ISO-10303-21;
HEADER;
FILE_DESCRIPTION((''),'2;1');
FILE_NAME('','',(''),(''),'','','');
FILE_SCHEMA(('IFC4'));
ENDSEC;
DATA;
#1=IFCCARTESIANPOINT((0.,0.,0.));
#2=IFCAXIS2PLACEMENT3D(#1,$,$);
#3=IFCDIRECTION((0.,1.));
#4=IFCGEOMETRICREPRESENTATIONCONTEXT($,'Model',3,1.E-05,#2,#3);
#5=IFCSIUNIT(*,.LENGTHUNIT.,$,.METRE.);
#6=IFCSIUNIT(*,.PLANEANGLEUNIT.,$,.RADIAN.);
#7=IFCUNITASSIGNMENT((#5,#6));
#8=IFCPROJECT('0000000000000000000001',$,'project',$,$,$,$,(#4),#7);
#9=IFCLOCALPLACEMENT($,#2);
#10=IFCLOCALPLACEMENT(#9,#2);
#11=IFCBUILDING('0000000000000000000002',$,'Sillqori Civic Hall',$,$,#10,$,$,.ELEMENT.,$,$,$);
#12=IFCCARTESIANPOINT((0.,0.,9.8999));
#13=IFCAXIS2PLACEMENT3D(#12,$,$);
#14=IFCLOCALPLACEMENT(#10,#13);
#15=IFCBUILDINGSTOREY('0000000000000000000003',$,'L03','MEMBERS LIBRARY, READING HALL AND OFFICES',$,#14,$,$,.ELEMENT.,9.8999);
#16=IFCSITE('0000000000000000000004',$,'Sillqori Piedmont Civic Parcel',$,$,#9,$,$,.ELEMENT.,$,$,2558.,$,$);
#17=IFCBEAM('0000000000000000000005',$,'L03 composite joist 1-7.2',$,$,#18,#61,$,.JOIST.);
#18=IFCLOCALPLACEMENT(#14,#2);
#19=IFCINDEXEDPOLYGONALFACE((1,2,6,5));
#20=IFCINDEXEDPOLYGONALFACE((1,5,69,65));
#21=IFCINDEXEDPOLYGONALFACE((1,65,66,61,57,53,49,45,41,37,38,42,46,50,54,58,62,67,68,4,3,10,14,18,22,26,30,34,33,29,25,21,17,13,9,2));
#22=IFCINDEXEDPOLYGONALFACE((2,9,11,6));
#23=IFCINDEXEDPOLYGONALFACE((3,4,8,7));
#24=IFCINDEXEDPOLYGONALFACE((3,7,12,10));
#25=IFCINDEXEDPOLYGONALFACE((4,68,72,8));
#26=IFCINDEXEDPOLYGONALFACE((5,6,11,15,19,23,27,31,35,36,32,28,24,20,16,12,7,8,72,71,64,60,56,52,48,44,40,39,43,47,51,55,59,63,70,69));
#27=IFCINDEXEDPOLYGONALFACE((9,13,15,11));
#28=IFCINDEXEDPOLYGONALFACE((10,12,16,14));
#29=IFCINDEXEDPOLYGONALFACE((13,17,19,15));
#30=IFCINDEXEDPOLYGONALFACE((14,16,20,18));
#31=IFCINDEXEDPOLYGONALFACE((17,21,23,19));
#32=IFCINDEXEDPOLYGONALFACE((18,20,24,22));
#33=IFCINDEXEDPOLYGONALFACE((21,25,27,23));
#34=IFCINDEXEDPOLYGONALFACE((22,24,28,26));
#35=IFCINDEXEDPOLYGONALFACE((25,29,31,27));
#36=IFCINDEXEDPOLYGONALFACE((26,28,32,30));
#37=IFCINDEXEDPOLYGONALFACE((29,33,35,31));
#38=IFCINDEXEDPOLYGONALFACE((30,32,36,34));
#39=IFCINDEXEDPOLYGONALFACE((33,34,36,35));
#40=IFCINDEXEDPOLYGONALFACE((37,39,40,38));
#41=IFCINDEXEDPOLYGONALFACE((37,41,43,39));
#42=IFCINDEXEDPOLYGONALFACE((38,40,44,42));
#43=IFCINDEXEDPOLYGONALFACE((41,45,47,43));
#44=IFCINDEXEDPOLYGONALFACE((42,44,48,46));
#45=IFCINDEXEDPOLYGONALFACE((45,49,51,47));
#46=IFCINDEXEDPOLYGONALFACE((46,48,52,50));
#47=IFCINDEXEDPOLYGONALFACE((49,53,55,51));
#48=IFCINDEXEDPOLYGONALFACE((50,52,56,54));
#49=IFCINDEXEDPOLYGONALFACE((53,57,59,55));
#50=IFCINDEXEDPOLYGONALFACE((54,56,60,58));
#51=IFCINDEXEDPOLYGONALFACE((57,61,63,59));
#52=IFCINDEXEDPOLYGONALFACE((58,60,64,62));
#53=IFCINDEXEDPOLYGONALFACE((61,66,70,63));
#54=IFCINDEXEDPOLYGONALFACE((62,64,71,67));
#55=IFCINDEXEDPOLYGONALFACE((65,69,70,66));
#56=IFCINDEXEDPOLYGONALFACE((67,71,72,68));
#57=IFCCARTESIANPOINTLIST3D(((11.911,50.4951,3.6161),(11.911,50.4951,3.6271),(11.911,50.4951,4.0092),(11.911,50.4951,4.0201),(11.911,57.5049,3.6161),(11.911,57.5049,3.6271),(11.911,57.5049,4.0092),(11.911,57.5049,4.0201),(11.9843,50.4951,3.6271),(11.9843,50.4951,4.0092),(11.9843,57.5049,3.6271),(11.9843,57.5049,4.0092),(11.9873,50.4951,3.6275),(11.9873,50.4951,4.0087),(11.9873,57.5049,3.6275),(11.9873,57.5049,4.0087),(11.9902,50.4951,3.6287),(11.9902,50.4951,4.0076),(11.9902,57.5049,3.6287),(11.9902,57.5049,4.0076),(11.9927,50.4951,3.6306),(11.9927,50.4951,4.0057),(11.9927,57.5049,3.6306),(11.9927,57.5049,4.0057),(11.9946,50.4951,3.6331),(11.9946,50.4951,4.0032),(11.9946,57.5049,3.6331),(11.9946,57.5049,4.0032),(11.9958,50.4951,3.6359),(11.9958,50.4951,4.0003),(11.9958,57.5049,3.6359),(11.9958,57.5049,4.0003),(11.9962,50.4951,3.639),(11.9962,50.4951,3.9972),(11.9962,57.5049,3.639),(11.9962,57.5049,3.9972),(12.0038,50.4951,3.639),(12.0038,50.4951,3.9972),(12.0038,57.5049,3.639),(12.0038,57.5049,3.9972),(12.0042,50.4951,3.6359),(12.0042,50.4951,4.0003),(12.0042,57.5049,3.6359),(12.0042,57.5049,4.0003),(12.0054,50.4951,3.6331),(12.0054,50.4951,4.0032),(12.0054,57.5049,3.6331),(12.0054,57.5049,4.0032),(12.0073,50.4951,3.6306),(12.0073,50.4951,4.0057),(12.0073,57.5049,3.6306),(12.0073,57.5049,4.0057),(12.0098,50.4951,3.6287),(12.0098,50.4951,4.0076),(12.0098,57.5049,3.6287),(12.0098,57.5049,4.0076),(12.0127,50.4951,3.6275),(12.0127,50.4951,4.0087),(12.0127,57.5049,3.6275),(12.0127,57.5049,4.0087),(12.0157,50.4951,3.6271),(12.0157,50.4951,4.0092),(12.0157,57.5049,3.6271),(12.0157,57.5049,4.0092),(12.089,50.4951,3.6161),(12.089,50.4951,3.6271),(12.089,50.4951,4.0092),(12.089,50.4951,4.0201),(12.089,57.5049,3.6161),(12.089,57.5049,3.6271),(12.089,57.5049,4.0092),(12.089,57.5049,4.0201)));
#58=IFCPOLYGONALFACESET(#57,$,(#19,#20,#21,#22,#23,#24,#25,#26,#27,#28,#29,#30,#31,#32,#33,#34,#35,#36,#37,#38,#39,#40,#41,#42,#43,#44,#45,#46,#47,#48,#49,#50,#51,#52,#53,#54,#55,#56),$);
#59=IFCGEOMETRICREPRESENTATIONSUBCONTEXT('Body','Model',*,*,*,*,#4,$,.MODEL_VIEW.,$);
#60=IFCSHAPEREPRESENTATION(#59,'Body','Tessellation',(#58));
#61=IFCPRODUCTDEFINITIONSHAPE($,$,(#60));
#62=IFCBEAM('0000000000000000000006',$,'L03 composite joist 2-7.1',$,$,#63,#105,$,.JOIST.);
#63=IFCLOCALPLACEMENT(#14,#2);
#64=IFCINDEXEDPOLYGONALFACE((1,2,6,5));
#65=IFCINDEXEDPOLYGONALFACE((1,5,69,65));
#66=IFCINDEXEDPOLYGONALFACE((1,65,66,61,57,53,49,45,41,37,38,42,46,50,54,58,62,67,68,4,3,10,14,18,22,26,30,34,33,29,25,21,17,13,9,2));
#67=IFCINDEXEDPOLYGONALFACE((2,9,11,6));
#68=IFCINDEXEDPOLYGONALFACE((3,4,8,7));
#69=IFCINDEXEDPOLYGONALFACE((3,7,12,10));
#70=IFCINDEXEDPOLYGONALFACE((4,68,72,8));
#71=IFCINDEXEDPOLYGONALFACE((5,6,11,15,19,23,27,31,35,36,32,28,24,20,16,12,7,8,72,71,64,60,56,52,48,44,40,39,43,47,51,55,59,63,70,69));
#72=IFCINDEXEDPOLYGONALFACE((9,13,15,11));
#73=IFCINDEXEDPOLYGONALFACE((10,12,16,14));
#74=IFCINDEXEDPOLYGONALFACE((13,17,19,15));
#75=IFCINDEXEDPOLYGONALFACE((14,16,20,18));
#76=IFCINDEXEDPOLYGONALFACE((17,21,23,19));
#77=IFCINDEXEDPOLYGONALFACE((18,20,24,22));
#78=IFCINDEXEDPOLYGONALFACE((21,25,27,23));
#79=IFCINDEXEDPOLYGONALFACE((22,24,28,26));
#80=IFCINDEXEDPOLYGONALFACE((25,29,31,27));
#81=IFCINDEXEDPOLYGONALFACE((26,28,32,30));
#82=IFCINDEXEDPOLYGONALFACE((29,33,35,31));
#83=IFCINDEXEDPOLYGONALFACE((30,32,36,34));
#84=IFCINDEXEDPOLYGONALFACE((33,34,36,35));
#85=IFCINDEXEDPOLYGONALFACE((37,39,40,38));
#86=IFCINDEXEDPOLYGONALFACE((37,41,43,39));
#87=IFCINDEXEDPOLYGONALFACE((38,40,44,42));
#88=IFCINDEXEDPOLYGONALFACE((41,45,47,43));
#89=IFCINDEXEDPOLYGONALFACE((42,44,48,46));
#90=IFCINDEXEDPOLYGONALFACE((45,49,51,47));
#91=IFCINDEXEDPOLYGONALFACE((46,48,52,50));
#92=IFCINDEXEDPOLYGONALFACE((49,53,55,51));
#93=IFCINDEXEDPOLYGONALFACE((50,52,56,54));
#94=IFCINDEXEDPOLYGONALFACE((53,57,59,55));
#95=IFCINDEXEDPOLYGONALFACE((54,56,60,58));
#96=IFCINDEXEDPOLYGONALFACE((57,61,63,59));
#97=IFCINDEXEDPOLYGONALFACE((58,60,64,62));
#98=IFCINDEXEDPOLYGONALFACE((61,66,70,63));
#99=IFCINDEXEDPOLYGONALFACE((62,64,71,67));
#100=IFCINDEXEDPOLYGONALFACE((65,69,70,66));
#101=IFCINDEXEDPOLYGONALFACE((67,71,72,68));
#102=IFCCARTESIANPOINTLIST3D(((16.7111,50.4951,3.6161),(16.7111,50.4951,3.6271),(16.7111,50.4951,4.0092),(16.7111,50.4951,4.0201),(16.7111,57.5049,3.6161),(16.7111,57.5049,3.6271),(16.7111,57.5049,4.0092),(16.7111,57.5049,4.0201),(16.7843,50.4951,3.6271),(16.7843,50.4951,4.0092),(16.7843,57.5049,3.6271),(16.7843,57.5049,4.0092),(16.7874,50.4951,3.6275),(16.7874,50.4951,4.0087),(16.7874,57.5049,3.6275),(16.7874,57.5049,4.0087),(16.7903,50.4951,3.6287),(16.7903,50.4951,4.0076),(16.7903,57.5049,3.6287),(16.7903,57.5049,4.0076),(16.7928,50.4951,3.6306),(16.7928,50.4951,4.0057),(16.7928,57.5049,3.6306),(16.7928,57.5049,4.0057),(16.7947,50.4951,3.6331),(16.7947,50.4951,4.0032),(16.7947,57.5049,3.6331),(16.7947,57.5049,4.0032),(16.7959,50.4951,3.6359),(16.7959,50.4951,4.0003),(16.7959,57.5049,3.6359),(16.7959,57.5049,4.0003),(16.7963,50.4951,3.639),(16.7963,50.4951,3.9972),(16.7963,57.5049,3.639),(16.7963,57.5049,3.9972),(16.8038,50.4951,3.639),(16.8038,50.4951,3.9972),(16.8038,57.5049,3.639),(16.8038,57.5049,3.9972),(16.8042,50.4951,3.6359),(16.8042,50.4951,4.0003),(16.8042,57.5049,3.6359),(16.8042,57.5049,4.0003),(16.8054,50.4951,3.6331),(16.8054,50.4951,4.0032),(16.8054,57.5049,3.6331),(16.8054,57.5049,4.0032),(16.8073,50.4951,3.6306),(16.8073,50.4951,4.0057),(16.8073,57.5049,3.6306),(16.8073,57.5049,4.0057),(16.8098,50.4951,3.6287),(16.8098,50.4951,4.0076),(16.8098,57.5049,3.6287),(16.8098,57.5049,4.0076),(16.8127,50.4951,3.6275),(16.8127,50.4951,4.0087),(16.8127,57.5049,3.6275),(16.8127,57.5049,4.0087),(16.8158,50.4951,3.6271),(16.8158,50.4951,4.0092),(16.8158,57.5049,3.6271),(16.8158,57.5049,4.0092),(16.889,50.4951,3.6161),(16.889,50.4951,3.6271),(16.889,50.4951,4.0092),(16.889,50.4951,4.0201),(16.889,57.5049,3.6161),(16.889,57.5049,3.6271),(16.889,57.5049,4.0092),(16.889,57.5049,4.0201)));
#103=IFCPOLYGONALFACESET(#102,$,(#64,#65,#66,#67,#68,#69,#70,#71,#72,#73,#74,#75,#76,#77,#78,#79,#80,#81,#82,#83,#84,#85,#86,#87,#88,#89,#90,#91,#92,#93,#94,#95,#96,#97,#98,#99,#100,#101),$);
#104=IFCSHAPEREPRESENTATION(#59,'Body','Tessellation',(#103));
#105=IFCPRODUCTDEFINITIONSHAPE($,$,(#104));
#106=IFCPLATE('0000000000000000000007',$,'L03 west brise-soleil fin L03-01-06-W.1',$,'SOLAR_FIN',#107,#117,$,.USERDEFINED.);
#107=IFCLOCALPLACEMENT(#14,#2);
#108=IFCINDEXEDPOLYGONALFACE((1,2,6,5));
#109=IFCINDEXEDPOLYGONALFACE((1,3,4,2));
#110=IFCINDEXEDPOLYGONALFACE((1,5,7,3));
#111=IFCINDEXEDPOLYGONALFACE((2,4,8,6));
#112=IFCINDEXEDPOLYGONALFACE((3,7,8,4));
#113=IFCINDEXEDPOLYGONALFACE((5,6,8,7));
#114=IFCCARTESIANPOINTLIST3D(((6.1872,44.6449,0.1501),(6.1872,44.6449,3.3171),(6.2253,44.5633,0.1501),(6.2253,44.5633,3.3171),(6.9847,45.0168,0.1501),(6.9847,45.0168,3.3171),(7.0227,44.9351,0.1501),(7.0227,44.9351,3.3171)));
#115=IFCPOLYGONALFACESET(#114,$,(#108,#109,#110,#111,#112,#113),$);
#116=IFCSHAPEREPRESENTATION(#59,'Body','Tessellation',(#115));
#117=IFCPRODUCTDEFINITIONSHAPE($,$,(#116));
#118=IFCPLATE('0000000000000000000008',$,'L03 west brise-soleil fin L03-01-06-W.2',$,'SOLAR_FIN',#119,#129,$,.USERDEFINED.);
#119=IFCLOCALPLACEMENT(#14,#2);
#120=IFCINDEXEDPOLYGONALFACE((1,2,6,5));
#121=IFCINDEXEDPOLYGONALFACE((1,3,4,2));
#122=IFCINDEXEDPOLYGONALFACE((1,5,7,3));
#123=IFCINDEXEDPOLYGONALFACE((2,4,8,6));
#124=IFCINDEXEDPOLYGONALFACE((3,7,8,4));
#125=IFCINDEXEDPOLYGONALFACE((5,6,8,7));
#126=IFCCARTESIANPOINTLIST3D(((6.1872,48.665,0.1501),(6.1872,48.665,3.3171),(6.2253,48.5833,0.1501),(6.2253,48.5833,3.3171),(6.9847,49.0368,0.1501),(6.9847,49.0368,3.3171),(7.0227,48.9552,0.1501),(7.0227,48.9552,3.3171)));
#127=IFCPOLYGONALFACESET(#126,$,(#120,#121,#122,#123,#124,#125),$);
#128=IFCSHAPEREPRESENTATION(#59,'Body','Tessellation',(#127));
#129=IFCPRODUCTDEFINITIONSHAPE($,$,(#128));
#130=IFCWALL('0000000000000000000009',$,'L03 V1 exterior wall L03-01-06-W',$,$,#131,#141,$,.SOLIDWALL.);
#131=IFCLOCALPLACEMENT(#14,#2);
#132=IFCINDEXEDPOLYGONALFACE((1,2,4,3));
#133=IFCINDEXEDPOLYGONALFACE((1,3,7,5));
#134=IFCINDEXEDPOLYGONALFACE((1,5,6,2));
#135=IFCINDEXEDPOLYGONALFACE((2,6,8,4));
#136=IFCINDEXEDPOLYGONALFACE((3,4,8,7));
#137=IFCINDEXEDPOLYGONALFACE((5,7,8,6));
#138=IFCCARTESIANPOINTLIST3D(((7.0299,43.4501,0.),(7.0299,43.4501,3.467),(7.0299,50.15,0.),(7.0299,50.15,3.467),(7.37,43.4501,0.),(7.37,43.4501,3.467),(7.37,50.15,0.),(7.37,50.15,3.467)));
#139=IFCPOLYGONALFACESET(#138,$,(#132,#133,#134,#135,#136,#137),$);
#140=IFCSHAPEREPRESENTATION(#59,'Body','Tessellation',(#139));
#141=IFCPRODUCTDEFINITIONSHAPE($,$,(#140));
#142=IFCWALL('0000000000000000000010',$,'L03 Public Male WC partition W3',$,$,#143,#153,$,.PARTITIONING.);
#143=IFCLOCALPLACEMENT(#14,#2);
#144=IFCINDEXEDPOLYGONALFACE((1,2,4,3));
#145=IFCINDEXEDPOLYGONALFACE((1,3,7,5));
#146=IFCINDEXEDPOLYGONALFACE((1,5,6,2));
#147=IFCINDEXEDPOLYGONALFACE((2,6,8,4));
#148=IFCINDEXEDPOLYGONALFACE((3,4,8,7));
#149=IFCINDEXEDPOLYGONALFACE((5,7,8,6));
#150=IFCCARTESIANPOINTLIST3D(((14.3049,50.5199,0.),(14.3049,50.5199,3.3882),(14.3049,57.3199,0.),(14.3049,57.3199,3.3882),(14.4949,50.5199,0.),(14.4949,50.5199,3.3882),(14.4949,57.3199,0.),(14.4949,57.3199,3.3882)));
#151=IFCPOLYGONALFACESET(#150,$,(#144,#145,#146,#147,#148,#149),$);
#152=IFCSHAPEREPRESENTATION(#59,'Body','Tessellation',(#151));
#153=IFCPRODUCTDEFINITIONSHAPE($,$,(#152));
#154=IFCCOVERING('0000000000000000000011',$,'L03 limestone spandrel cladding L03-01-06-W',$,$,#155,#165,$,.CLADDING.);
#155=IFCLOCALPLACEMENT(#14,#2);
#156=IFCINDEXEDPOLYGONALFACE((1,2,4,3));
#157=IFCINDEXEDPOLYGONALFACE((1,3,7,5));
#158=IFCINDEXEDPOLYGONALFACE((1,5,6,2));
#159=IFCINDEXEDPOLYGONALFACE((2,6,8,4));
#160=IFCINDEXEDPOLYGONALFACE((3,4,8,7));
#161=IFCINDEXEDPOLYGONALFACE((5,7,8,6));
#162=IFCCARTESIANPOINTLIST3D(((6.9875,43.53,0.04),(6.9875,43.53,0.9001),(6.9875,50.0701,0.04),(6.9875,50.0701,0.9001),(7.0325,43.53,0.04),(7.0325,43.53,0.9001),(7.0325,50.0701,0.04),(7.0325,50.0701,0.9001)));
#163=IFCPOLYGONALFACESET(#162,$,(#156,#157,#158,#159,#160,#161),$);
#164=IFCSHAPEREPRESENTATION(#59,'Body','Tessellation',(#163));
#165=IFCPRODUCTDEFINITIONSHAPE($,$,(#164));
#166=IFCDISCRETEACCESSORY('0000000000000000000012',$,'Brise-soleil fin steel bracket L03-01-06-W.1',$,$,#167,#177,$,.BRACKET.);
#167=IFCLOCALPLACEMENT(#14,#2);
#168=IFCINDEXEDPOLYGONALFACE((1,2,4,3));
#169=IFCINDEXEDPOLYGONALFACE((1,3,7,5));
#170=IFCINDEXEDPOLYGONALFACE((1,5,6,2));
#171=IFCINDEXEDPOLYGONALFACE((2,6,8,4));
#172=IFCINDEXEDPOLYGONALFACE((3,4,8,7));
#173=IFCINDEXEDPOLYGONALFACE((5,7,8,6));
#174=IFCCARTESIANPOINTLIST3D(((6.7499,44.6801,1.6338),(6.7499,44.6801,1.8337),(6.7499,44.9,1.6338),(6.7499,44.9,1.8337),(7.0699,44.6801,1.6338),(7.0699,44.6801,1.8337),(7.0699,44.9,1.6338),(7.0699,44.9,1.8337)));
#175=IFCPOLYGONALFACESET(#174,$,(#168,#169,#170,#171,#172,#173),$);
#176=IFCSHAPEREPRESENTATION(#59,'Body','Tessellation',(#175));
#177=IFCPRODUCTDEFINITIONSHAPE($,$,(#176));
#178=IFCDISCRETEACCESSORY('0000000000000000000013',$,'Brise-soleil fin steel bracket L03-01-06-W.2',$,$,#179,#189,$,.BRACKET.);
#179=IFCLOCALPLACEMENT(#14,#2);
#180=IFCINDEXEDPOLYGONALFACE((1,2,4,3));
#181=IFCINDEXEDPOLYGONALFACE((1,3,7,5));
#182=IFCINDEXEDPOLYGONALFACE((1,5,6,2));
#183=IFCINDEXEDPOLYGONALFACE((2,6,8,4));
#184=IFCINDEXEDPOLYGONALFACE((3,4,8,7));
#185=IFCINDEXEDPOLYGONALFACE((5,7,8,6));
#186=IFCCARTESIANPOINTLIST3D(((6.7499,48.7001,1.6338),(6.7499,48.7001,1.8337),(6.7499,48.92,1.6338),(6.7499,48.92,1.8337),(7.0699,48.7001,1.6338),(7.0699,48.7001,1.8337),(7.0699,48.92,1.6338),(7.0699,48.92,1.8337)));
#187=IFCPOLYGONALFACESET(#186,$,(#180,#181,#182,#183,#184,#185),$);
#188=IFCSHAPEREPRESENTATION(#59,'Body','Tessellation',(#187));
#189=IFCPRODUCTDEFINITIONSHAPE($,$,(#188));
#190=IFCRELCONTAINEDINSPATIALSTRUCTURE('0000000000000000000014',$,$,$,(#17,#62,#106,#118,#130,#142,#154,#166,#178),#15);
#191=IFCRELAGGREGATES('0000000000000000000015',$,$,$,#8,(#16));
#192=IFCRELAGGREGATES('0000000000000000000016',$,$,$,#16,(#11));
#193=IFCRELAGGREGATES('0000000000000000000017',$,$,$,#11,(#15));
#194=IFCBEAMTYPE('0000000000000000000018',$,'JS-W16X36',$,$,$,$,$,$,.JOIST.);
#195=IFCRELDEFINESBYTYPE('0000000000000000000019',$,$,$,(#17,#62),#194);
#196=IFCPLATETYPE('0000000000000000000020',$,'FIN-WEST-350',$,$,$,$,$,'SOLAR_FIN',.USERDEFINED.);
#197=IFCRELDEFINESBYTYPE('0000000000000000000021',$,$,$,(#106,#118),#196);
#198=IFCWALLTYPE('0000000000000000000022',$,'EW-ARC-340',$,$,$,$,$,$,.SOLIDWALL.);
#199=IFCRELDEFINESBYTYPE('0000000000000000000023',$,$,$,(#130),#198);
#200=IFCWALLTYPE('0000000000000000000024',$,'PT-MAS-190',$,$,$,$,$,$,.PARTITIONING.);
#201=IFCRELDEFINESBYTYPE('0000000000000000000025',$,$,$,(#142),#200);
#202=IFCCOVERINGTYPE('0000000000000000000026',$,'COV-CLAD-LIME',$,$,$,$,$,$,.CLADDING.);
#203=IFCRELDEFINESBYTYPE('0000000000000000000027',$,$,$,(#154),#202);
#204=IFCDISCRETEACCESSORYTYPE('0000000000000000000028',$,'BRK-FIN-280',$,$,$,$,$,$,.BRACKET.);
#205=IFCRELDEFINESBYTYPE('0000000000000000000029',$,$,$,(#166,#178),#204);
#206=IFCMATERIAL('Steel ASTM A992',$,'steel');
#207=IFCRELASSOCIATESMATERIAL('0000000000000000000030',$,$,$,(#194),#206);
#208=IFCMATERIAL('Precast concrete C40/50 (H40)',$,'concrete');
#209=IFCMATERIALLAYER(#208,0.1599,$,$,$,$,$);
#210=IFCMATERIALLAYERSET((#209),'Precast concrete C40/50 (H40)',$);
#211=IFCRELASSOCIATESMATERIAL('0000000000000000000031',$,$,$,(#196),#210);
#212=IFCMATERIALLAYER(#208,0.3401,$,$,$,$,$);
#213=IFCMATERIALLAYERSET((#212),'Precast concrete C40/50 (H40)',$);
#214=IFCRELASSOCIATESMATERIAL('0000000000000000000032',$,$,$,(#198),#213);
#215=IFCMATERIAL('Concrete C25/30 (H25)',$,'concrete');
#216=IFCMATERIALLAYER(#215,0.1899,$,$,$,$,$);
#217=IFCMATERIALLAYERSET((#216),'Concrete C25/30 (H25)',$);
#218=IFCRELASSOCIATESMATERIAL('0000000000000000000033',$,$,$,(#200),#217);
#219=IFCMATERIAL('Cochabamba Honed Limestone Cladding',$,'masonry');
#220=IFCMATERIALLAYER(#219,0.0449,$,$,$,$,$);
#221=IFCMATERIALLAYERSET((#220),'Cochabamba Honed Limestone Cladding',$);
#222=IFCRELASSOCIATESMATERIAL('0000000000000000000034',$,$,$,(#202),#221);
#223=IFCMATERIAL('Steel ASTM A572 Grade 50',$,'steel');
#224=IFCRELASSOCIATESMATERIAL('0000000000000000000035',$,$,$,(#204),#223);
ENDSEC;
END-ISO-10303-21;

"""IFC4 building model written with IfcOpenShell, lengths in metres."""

from ifc_helpers import new_model, si_unit, direction, frame, frame_2d, origin, origin_2d, place, context, subcontext, project, spatial, rectangle, i_section, extrude, material, layer, layer_set, material_profile, profile_set, type_object, element, save


model = new_model("IFC4")

# Units and contexts
model_context = context("Model", 3, precision=1e-05, world=origin(), true_north=direction((0.0, 1.0)))
body_context = subcontext(model_context, "Body", "Model", "MODEL_VIEW")
ifc_project = project(units=[si_unit("LENGTHUNIT", "METRE"), si_unit("PLANEANGLEUNIT", "RADIAN")], contexts=[model_context])

# Site, building, storey
site_placement = place(None, origin())
site = spatial("IfcSite", under=ifc_project, at=site_placement, Name="Sillqori Piedmont Civic Parcel", CompositionType="ELEMENT", RefElevation=2558.0)
building_placement = place(site_placement, origin())
building = spatial("IfcBuilding", under=site, at=building_placement, Name="Sillqori Civic Hall", CompositionType="ELEMENT")
storey_placement = place(building_placement, frame((0.0, 0.0, 9.8999)))
storey = spatial("IfcBuildingStorey", under=building, at=storey_placement, Name="L03", Description="MEMBERS LIBRARY, READING HALL AND OFFICES", CompositionType="ELEMENT", Elevation=9.8999)

# Shared definitions
ifc_material_1 = material(Name="Steel ASTM A992", Category="steel")

# Beams
ifc_material_profile_1 = material_profile(ifc_material_1, i_section(OverallWidth=0.178, OverallDepth=0.4041, WebThickness=0.0076, FlangeThickness=0.011, FilletRadius=0.012, at=origin_2d()), Name="W16X36")
ifc_profile_set_1 = profile_set([ifc_material_profile_1], Name="Steel ASTM A992")
beam_type_1 = type_object("IfcBeamType", Name="JS-W16X36", PredefinedType="JOIST", material=ifc_profile_set_1)
for number, where, z_axis, x_axis, name in (
    (1, (12.0, 50.4951, 3.8181), (0.0, 1.0, 0.0), (-1.0, 0.0, 0.0), "L03 composite joist 1-7.2"),
    (2, (16.8, 50.4951, 3.8181), (0.0, 1.0, 0.0), (-1.0, 0.0, 0.0), "L03 composite joist 2-7.1"),
):
    element("IfcBeam", number, at=place(storey_placement, frame(where, z_axis=z_axis, x_axis=x_axis)), inside=storey, type_object=beam_type_1, Name=name, PredefinedType="JOIST", context=body_context, shape_type="SweptSolid", body=[
        extrude(i_section(OverallWidth=0.178, OverallDepth=0.4041, WebThickness=0.0076, FlangeThickness=0.011, FilletRadius=0.012, at=origin_2d()), origin(), (0.0, 0.0, 1.0), 7.0098),
    ])

# Plates
ifc_material_2 = material(Name="Precast concrete C40/50 (H40)", Category="concrete")
ifc_layer_1 = layer(ifc_material_2, 0.1599)
ifc_layer_set_1 = layer_set([ifc_layer_1], Name="Precast concrete C40/50 (H40)")
plate_type = type_object("IfcPlateType", Name="FIN-WEST-350", ElementType="SOLAR_FIN", PredefinedType="USERDEFINED", material=ifc_layer_set_1)
for number, where, z_axis, x_axis, name in (
    (3, (6.605, 44.79, 0.1501), (0.0, 0.0, 1.0), (-0.422618, 0.906308, 0.0), "L03 west brise-soleil fin L03-01-06-W.1"),
    (4, (6.605, 48.8101, 0.1501), (0.0, 0.0, 1.0), (-0.422618, 0.906308, 0.0), "L03 west brise-soleil fin L03-01-06-W.2"),
):
    element("IfcPlate", number, at=place(storey_placement, frame(where, z_axis=z_axis, x_axis=x_axis)), inside=storey, type_object=plate_type, Name=name, ObjectType="SOLAR_FIN", PredefinedType="USERDEFINED", context=body_context, shape_type="SweptSolid", body=[
        extrude(rectangle(XDim=0.0901, YDim=0.8799, at=origin_2d()), origin(), (0.0, 0.0, 1.0), 3.167),
    ])

# Walls
ifc_layer_2 = layer(ifc_material_2, 0.3401)
ifc_layer_set_2 = layer_set([ifc_layer_2], Name="Precast concrete C40/50 (H40)")
wall_type_1 = type_object("IfcWallType", Name="EW-ARC-340", PredefinedType="SOLIDWALL", material=ifc_layer_set_2)
wall_1_placement = place(storey_placement, frame((7.2, 43.45, 0.0), z_axis=(0.0, 0.0, 1.0), x_axis=(0.0, 1.0, 0.0)))
element("IfcWall", 5, at=wall_1_placement, inside=storey, type_object=wall_type_1, Name="L03 V1 exterior wall L03-01-06-W", PredefinedType="SOLIDWALL", context=body_context, shape_type="SweptSolid", body=[
    extrude(rectangle(XDim=6.7, YDim=0.3401, at=frame_2d((3.3501, 0.0))), origin(), (0.0, 0.0, 1.0), 3.467),
])
ifc_material_3 = material(Name="Concrete C25/30 (H25)", Category="concrete")
ifc_layer_3 = layer(ifc_material_3, 0.1899)
ifc_layer_set_3 = layer_set([ifc_layer_3], Name="Concrete C25/30 (H25)")
wall_type_2 = type_object("IfcWallType", Name="PT-MAS-190", PredefinedType="PARTITIONING", material=ifc_layer_set_3)
wall_2_placement = place(storey_placement, frame((14.3999, 50.52, 0.0), z_axis=(0.0, 0.0, 1.0), x_axis=(0.0, 1.0, 0.0)))
element("IfcWall", 6, at=wall_2_placement, inside=storey, type_object=wall_type_2, Name="L03 Public Male WC partition W3", PredefinedType="PARTITIONING", context=body_context, shape_type="SweptSolid", body=[
    extrude(rectangle(XDim=6.8, YDim=0.1899, at=frame_2d((3.3999, 0.0))), origin(), (0.0, 0.0, 1.0), 3.3882),
])

# Covering
ifc_material_4 = material(Name="Cochabamba Honed Limestone Cladding", Category="masonry")
ifc_layer_4 = layer(ifc_material_4, 0.0449)
ifc_layer_set_4 = layer_set([ifc_layer_4], Name="Cochabamba Honed Limestone Cladding")
covering_type = type_object("IfcCoveringType", Name="COV-CLAD-LIME", PredefinedType="CLADDING", material=ifc_layer_set_4)
covering_placement = place(storey_placement, frame((7.01, 43.53, 0.04), z_axis=(0.0, 0.0, 1.0), x_axis=(0.0, 1.0, 0.0)))
element("IfcCovering", 7, at=covering_placement, inside=storey, type_object=covering_type, Name="L03 limestone spandrel cladding L03-01-06-W", PredefinedType="CLADDING", context=body_context, shape_type="SweptSolid", body=[
    extrude(rectangle(XDim=6.54, YDim=0.0449, at=frame_2d((3.27, 0.0))), origin(), (0.0, 0.0, 1.0), 0.8601),
])

# Discrete accessories
ifc_material_5 = material(Name="Steel ASTM A572 Grade 50", Category="steel")
discrete_accessory_type = type_object("IfcDiscreteAccessoryType", Name="BRK-FIN-280", PredefinedType="BRACKET", material=ifc_material_5)
for number, where, z_axis, x_axis, name in (
    (8, (6.9099, 44.79, 1.6338), (0.0, 0.0, 1.0), (0.0, 1.0, 0.0), "Brise-soleil fin steel bracket L03-01-06-W.1"),
    (9, (6.9099, 48.8101, 1.6338), (0.0, 0.0, 1.0), (0.0, 1.0, 0.0), "Brise-soleil fin steel bracket L03-01-06-W.2"),
):
    element("IfcDiscreteAccessory", number, at=place(storey_placement, frame(where, z_axis=z_axis, x_axis=x_axis)), inside=storey, type_object=discrete_accessory_type, Name=name, PredefinedType="BRACKET", context=body_context, shape_type="SweptSolid", body=[
        extrude(rectangle(XDim=0.22, YDim=0.3201, at=origin_2d()), origin(), (0.0, 0.0, 1.0), 0.2),
    ])

save(model, "model.ifc")
